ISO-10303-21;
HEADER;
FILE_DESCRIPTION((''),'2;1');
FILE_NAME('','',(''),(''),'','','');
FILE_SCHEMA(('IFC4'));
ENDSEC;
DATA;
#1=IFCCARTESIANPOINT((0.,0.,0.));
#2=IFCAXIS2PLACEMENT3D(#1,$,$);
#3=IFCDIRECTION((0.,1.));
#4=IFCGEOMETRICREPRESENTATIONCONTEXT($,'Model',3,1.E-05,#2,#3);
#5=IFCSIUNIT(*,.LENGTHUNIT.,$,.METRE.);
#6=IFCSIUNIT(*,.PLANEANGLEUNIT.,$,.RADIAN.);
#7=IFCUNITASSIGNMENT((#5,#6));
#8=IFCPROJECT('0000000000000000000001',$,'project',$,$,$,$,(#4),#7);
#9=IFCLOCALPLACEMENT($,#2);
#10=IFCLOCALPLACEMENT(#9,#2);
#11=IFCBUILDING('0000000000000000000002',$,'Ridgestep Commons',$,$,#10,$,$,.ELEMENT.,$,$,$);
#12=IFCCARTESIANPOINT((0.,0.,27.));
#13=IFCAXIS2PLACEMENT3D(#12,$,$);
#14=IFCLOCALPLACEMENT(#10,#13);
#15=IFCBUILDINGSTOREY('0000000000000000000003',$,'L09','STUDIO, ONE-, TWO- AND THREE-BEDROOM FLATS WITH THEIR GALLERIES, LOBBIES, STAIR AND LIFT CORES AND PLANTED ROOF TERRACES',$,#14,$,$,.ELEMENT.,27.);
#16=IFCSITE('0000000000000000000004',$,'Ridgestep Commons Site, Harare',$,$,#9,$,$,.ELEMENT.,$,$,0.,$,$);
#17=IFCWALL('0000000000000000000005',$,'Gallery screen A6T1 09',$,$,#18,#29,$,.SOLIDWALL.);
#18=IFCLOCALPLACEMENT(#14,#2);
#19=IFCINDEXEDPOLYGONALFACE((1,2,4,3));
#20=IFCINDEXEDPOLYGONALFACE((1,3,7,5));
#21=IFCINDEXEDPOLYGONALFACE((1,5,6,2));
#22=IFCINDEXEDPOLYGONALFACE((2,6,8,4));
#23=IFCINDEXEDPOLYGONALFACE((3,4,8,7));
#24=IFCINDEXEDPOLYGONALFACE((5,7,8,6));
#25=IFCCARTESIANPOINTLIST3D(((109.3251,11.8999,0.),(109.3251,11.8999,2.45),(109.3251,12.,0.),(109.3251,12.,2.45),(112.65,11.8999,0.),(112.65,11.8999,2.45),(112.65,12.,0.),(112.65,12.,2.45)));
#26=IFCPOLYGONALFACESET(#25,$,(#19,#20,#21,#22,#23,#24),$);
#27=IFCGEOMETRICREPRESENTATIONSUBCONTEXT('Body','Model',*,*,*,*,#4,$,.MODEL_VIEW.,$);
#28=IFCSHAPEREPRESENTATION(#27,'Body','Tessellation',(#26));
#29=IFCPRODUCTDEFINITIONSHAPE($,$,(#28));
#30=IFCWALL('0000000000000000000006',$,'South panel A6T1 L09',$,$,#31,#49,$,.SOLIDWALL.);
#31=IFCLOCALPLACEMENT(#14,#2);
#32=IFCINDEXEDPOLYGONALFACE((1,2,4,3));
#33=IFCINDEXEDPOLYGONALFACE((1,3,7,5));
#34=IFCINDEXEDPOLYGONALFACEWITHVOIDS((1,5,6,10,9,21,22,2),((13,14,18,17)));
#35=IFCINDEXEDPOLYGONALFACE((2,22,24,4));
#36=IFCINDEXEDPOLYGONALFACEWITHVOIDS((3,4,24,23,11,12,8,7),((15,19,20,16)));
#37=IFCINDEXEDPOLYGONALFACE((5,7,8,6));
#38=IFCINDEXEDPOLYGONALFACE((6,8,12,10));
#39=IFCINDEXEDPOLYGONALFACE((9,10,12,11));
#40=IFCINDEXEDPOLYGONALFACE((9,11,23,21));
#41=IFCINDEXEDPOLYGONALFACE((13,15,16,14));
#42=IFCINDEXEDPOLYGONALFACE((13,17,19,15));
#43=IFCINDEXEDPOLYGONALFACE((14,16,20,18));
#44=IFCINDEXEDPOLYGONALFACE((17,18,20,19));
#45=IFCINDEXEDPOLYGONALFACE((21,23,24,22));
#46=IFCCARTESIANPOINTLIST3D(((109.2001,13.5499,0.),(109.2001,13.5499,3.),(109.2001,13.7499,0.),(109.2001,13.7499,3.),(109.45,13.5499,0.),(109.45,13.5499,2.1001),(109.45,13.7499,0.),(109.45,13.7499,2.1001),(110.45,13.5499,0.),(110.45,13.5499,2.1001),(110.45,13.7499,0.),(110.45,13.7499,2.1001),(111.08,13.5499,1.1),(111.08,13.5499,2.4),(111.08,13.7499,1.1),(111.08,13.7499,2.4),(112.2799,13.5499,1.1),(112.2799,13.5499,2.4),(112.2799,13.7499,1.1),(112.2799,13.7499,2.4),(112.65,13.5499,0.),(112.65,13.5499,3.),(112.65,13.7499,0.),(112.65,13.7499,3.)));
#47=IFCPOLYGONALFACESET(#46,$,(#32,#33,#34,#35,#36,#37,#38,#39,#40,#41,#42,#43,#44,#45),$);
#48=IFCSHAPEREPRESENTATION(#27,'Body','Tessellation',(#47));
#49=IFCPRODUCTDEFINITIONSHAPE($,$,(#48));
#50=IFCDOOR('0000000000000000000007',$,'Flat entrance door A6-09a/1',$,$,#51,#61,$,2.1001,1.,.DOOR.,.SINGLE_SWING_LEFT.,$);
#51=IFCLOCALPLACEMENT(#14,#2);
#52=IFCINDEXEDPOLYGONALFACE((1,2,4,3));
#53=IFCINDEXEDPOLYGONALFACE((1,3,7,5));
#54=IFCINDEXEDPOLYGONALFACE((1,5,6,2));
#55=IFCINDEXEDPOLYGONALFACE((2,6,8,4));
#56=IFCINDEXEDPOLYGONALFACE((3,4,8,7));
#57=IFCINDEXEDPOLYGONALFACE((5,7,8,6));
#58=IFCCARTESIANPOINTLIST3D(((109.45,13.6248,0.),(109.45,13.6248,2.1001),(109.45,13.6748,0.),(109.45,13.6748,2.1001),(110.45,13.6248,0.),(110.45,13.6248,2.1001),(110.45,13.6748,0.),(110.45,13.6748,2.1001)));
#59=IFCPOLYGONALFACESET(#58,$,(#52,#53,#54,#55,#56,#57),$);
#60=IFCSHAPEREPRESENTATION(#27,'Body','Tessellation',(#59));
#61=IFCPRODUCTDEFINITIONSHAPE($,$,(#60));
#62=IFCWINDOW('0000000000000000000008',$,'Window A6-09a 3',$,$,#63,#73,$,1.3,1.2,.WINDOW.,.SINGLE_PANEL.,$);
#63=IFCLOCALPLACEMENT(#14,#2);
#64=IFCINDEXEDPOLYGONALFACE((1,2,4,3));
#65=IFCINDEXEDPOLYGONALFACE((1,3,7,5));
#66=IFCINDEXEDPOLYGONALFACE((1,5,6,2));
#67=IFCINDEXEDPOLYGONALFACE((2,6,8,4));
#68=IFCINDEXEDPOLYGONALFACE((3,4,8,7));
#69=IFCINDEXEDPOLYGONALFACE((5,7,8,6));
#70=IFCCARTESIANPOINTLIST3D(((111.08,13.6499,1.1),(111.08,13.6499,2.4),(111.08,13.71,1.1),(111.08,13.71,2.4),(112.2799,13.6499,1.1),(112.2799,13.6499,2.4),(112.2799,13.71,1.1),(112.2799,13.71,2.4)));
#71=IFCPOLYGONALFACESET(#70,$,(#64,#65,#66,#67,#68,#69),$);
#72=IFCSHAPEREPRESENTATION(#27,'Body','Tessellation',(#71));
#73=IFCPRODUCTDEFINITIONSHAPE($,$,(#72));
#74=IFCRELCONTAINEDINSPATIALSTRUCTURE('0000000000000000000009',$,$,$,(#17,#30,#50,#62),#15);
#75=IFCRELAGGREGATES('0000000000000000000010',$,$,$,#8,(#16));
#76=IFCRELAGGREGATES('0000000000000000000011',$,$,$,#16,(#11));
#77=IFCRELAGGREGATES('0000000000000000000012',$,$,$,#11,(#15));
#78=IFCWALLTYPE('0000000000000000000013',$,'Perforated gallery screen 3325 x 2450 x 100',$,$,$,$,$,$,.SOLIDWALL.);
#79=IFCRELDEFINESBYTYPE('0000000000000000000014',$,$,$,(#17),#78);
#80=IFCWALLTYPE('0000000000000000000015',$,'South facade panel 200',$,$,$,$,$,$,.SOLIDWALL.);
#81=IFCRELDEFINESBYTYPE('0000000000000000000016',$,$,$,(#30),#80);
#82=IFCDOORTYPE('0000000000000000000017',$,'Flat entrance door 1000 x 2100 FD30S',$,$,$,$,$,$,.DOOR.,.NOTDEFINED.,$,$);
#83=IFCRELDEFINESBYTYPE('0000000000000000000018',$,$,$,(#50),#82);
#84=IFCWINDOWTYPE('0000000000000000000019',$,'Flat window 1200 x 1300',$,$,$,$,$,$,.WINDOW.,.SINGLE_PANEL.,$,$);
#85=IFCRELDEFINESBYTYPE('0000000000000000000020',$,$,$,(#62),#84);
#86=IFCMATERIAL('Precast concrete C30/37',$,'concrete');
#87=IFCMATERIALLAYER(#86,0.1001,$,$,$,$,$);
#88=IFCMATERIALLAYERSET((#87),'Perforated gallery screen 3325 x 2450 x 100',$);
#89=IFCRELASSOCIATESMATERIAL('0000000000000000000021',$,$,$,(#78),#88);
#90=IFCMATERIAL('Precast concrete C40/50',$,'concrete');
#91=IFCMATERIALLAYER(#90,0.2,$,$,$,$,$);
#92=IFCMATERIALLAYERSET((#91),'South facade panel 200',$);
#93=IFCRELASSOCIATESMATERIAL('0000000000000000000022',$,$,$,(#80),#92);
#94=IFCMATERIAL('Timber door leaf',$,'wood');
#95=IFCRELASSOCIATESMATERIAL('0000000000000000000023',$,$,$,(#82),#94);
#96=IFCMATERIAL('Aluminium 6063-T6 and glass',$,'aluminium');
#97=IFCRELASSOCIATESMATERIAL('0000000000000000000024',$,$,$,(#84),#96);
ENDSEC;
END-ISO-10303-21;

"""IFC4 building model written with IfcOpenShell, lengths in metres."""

from ifc_helpers import new_model, si_unit, direction, frame, frame_2d, origin, place, context, subcontext, project, spatial, rectangle, extrude, material, layer, layer_set, type_object, element, fill, save


model = new_model("IFC4")

# Units and contexts
model_context = context("Model", 3, precision=1e-05, world=origin(), true_north=direction((0.0, 1.0)))
body_context = subcontext(model_context, "Body", "Model", "MODEL_VIEW")
ifc_project = project(units=[si_unit("LENGTHUNIT", "METRE"), si_unit("PLANEANGLEUNIT", "RADIAN")], contexts=[model_context])

# Site, building, storey
site_placement = place(None, origin())
site = spatial("IfcSite", under=ifc_project, at=site_placement, Name="Ridgestep Commons Site, Harare", CompositionType="ELEMENT", RefElevation=0.0)
building_placement = place(site_placement, origin())
building = spatial("IfcBuilding", under=site, at=building_placement, Name="Ridgestep Commons", CompositionType="ELEMENT")
storey_placement = place(building_placement, frame((0.0, 0.0, 27.0)))
storey = spatial("IfcBuildingStorey", under=building, at=storey_placement, Name="L09", Description="STUDIO, ONE-, TWO- AND THREE-BEDROOM FLATS WITH THEIR GALLERIES, LOBBIES, STAIR AND LIFT CORES AND PLANTED ROOF TERRACES", CompositionType="ELEMENT", Elevation=27.0)

# Wall
ifc_material_1 = material(Name="Precast concrete C30/37", Category="concrete")
ifc_layer_1 = layer(ifc_material_1, 0.1001)
ifc_layer_set_1 = layer_set([ifc_layer_1], Name="Perforated gallery screen 3325 x 2450 x 100")
wall_type_1 = type_object("IfcWallType", Name="Perforated gallery screen 3325 x 2450 x 100", PredefinedType="SOLIDWALL", material=ifc_layer_set_1)
wall_1_placement = place(storey_placement, frame((109.325, 11.95, 0.0), z_axis=(0.0, 0.0, 1.0), x_axis=(1.0, 0.0, 0.0)))
element("IfcWall", 1, at=wall_1_placement, inside=storey, type_object=wall_type_1, Name="Gallery screen A6T1 09", PredefinedType="SOLIDWALL", context=body_context, shape_type="SweptSolid", body=[
    extrude(rectangle(XDim=3.325, YDim=0.1001, at=frame_2d((1.6626, 0.0))), origin(), (0.0, 0.0, 1.0), 2.45),
])

# Wall, openings, door, window
ifc_material_2 = material(Name="Precast concrete C40/50", Category="concrete")
ifc_layer_2 = layer(ifc_material_2, 0.2)
ifc_layer_set_2 = layer_set([ifc_layer_2], Name="South facade panel 200")
wall_type_2 = type_object("IfcWallType", Name="South facade panel 200", PredefinedType="SOLIDWALL", material=ifc_layer_set_2)
wall_2_placement = place(storey_placement, frame((109.2, 13.6499, 0.0), z_axis=(0.0, 0.0, 1.0), x_axis=(1.0, 0.0, 0.0)))
wall_2 = element("IfcWall", 2, at=wall_2_placement, inside=storey, type_object=wall_type_2, Name="South panel A6T1 L09", PredefinedType="SOLIDWALL", context=body_context, shape_type="SweptSolid", body=[
    extrude(rectangle(XDim=3.45, YDim=0.2, at=frame_2d((1.7251, 0.0))), origin(), (0.0, 0.0, 1.0), 3.0),
])
opening_1_placement = place(wall_2_placement, frame((1.8799, 0.0, 1.1001)))
opening_1 = element("IfcOpeningElement", 3, at=opening_1_placement, cuts=wall_2, PredefinedType="OPENING", context=body_context, shape_type="SweptSolid", body=[
    extrude(rectangle(XDim=1.2, YDim=1.3, at=frame_2d((0.6001, 0.6499))), frame((0.0, 0.1099, 0.0), z_axis=(0.0, -1.0, 0.0), x_axis=(1.0, 0.0, 0.0)), (0.0, 0.0, 1.0), 0.22),
])
opening_2_placement = place(wall_2_placement, frame((0.25, 0.0, 0.0)))
opening_2 = element("IfcOpeningElement", 4, at=opening_2_placement, cuts=wall_2, PredefinedType="OPENING", context=body_context, shape_type="SweptSolid", body=[
    extrude(rectangle(XDim=1.0, YDim=2.1001, at=frame_2d((0.5, 1.05))), frame((0.0, 0.1099, 0.0), z_axis=(0.0, -1.0, 0.0), x_axis=(1.0, 0.0, 0.0)), (0.0, 0.0, 1.0), 0.22),
])
ifc_material_3 = material(Name="Timber door leaf", Category="wood")
door_type_1 = type_object("IfcDoorType", Name="Flat entrance door 1000 x 2100 FD30S", OperationType="NOTDEFINED", PredefinedType="DOOR", material=ifc_material_3)
door_1_placement = place(opening_2_placement, origin())
door_1 = element("IfcDoor", 5, at=door_1_placement, inside=storey, type_object=door_type_1, Name="Flat entrance door A6-09a/1", OperationType="SINGLE_SWING_LEFT", OverallHeight=2.1001, OverallWidth=1.0, PredefinedType="DOOR", context=body_context, shape_type="SweptSolid", body=[
    extrude(rectangle(XDim=1.0, YDim=2.1001, at=frame_2d((0.5, 1.05))), frame((0.0, 0.0249, 0.0), z_axis=(0.0, -1.0, 0.0), x_axis=(1.0, 0.0, 0.0)), (0.0, 0.0, 1.0), 0.05),
])
fill(opening_2, door_1)
ifc_material_4 = material(Name="Aluminium 6063-T6 and glass", Category="aluminium")
window_type = type_object("IfcWindowType", Name="Flat window 1200 x 1300", PartitioningType="SINGLE_PANEL", PredefinedType="WINDOW", material=ifc_material_4)
window_placement = place(opening_1_placement, origin())
window = element("IfcWindow", 6, at=window_placement, inside=storey, type_object=window_type, Name="Window A6-09a 3", OverallHeight=1.3, OverallWidth=1.2, PartitioningType="SINGLE_PANEL", PredefinedType="WINDOW", context=body_context, shape_type="SweptSolid", body=[
    extrude(rectangle(XDim=1.2, YDim=1.3, at=frame_2d((0.6001, 0.6499))), frame((0.0, 0.0601, 0.0), z_axis=(0.0, -1.0, 0.0), x_axis=(1.0, 0.0, 0.0)), (0.0, 0.0, 1.0), 0.0601),
])
fill(opening_1, window)

save(model, "model.ifc")
